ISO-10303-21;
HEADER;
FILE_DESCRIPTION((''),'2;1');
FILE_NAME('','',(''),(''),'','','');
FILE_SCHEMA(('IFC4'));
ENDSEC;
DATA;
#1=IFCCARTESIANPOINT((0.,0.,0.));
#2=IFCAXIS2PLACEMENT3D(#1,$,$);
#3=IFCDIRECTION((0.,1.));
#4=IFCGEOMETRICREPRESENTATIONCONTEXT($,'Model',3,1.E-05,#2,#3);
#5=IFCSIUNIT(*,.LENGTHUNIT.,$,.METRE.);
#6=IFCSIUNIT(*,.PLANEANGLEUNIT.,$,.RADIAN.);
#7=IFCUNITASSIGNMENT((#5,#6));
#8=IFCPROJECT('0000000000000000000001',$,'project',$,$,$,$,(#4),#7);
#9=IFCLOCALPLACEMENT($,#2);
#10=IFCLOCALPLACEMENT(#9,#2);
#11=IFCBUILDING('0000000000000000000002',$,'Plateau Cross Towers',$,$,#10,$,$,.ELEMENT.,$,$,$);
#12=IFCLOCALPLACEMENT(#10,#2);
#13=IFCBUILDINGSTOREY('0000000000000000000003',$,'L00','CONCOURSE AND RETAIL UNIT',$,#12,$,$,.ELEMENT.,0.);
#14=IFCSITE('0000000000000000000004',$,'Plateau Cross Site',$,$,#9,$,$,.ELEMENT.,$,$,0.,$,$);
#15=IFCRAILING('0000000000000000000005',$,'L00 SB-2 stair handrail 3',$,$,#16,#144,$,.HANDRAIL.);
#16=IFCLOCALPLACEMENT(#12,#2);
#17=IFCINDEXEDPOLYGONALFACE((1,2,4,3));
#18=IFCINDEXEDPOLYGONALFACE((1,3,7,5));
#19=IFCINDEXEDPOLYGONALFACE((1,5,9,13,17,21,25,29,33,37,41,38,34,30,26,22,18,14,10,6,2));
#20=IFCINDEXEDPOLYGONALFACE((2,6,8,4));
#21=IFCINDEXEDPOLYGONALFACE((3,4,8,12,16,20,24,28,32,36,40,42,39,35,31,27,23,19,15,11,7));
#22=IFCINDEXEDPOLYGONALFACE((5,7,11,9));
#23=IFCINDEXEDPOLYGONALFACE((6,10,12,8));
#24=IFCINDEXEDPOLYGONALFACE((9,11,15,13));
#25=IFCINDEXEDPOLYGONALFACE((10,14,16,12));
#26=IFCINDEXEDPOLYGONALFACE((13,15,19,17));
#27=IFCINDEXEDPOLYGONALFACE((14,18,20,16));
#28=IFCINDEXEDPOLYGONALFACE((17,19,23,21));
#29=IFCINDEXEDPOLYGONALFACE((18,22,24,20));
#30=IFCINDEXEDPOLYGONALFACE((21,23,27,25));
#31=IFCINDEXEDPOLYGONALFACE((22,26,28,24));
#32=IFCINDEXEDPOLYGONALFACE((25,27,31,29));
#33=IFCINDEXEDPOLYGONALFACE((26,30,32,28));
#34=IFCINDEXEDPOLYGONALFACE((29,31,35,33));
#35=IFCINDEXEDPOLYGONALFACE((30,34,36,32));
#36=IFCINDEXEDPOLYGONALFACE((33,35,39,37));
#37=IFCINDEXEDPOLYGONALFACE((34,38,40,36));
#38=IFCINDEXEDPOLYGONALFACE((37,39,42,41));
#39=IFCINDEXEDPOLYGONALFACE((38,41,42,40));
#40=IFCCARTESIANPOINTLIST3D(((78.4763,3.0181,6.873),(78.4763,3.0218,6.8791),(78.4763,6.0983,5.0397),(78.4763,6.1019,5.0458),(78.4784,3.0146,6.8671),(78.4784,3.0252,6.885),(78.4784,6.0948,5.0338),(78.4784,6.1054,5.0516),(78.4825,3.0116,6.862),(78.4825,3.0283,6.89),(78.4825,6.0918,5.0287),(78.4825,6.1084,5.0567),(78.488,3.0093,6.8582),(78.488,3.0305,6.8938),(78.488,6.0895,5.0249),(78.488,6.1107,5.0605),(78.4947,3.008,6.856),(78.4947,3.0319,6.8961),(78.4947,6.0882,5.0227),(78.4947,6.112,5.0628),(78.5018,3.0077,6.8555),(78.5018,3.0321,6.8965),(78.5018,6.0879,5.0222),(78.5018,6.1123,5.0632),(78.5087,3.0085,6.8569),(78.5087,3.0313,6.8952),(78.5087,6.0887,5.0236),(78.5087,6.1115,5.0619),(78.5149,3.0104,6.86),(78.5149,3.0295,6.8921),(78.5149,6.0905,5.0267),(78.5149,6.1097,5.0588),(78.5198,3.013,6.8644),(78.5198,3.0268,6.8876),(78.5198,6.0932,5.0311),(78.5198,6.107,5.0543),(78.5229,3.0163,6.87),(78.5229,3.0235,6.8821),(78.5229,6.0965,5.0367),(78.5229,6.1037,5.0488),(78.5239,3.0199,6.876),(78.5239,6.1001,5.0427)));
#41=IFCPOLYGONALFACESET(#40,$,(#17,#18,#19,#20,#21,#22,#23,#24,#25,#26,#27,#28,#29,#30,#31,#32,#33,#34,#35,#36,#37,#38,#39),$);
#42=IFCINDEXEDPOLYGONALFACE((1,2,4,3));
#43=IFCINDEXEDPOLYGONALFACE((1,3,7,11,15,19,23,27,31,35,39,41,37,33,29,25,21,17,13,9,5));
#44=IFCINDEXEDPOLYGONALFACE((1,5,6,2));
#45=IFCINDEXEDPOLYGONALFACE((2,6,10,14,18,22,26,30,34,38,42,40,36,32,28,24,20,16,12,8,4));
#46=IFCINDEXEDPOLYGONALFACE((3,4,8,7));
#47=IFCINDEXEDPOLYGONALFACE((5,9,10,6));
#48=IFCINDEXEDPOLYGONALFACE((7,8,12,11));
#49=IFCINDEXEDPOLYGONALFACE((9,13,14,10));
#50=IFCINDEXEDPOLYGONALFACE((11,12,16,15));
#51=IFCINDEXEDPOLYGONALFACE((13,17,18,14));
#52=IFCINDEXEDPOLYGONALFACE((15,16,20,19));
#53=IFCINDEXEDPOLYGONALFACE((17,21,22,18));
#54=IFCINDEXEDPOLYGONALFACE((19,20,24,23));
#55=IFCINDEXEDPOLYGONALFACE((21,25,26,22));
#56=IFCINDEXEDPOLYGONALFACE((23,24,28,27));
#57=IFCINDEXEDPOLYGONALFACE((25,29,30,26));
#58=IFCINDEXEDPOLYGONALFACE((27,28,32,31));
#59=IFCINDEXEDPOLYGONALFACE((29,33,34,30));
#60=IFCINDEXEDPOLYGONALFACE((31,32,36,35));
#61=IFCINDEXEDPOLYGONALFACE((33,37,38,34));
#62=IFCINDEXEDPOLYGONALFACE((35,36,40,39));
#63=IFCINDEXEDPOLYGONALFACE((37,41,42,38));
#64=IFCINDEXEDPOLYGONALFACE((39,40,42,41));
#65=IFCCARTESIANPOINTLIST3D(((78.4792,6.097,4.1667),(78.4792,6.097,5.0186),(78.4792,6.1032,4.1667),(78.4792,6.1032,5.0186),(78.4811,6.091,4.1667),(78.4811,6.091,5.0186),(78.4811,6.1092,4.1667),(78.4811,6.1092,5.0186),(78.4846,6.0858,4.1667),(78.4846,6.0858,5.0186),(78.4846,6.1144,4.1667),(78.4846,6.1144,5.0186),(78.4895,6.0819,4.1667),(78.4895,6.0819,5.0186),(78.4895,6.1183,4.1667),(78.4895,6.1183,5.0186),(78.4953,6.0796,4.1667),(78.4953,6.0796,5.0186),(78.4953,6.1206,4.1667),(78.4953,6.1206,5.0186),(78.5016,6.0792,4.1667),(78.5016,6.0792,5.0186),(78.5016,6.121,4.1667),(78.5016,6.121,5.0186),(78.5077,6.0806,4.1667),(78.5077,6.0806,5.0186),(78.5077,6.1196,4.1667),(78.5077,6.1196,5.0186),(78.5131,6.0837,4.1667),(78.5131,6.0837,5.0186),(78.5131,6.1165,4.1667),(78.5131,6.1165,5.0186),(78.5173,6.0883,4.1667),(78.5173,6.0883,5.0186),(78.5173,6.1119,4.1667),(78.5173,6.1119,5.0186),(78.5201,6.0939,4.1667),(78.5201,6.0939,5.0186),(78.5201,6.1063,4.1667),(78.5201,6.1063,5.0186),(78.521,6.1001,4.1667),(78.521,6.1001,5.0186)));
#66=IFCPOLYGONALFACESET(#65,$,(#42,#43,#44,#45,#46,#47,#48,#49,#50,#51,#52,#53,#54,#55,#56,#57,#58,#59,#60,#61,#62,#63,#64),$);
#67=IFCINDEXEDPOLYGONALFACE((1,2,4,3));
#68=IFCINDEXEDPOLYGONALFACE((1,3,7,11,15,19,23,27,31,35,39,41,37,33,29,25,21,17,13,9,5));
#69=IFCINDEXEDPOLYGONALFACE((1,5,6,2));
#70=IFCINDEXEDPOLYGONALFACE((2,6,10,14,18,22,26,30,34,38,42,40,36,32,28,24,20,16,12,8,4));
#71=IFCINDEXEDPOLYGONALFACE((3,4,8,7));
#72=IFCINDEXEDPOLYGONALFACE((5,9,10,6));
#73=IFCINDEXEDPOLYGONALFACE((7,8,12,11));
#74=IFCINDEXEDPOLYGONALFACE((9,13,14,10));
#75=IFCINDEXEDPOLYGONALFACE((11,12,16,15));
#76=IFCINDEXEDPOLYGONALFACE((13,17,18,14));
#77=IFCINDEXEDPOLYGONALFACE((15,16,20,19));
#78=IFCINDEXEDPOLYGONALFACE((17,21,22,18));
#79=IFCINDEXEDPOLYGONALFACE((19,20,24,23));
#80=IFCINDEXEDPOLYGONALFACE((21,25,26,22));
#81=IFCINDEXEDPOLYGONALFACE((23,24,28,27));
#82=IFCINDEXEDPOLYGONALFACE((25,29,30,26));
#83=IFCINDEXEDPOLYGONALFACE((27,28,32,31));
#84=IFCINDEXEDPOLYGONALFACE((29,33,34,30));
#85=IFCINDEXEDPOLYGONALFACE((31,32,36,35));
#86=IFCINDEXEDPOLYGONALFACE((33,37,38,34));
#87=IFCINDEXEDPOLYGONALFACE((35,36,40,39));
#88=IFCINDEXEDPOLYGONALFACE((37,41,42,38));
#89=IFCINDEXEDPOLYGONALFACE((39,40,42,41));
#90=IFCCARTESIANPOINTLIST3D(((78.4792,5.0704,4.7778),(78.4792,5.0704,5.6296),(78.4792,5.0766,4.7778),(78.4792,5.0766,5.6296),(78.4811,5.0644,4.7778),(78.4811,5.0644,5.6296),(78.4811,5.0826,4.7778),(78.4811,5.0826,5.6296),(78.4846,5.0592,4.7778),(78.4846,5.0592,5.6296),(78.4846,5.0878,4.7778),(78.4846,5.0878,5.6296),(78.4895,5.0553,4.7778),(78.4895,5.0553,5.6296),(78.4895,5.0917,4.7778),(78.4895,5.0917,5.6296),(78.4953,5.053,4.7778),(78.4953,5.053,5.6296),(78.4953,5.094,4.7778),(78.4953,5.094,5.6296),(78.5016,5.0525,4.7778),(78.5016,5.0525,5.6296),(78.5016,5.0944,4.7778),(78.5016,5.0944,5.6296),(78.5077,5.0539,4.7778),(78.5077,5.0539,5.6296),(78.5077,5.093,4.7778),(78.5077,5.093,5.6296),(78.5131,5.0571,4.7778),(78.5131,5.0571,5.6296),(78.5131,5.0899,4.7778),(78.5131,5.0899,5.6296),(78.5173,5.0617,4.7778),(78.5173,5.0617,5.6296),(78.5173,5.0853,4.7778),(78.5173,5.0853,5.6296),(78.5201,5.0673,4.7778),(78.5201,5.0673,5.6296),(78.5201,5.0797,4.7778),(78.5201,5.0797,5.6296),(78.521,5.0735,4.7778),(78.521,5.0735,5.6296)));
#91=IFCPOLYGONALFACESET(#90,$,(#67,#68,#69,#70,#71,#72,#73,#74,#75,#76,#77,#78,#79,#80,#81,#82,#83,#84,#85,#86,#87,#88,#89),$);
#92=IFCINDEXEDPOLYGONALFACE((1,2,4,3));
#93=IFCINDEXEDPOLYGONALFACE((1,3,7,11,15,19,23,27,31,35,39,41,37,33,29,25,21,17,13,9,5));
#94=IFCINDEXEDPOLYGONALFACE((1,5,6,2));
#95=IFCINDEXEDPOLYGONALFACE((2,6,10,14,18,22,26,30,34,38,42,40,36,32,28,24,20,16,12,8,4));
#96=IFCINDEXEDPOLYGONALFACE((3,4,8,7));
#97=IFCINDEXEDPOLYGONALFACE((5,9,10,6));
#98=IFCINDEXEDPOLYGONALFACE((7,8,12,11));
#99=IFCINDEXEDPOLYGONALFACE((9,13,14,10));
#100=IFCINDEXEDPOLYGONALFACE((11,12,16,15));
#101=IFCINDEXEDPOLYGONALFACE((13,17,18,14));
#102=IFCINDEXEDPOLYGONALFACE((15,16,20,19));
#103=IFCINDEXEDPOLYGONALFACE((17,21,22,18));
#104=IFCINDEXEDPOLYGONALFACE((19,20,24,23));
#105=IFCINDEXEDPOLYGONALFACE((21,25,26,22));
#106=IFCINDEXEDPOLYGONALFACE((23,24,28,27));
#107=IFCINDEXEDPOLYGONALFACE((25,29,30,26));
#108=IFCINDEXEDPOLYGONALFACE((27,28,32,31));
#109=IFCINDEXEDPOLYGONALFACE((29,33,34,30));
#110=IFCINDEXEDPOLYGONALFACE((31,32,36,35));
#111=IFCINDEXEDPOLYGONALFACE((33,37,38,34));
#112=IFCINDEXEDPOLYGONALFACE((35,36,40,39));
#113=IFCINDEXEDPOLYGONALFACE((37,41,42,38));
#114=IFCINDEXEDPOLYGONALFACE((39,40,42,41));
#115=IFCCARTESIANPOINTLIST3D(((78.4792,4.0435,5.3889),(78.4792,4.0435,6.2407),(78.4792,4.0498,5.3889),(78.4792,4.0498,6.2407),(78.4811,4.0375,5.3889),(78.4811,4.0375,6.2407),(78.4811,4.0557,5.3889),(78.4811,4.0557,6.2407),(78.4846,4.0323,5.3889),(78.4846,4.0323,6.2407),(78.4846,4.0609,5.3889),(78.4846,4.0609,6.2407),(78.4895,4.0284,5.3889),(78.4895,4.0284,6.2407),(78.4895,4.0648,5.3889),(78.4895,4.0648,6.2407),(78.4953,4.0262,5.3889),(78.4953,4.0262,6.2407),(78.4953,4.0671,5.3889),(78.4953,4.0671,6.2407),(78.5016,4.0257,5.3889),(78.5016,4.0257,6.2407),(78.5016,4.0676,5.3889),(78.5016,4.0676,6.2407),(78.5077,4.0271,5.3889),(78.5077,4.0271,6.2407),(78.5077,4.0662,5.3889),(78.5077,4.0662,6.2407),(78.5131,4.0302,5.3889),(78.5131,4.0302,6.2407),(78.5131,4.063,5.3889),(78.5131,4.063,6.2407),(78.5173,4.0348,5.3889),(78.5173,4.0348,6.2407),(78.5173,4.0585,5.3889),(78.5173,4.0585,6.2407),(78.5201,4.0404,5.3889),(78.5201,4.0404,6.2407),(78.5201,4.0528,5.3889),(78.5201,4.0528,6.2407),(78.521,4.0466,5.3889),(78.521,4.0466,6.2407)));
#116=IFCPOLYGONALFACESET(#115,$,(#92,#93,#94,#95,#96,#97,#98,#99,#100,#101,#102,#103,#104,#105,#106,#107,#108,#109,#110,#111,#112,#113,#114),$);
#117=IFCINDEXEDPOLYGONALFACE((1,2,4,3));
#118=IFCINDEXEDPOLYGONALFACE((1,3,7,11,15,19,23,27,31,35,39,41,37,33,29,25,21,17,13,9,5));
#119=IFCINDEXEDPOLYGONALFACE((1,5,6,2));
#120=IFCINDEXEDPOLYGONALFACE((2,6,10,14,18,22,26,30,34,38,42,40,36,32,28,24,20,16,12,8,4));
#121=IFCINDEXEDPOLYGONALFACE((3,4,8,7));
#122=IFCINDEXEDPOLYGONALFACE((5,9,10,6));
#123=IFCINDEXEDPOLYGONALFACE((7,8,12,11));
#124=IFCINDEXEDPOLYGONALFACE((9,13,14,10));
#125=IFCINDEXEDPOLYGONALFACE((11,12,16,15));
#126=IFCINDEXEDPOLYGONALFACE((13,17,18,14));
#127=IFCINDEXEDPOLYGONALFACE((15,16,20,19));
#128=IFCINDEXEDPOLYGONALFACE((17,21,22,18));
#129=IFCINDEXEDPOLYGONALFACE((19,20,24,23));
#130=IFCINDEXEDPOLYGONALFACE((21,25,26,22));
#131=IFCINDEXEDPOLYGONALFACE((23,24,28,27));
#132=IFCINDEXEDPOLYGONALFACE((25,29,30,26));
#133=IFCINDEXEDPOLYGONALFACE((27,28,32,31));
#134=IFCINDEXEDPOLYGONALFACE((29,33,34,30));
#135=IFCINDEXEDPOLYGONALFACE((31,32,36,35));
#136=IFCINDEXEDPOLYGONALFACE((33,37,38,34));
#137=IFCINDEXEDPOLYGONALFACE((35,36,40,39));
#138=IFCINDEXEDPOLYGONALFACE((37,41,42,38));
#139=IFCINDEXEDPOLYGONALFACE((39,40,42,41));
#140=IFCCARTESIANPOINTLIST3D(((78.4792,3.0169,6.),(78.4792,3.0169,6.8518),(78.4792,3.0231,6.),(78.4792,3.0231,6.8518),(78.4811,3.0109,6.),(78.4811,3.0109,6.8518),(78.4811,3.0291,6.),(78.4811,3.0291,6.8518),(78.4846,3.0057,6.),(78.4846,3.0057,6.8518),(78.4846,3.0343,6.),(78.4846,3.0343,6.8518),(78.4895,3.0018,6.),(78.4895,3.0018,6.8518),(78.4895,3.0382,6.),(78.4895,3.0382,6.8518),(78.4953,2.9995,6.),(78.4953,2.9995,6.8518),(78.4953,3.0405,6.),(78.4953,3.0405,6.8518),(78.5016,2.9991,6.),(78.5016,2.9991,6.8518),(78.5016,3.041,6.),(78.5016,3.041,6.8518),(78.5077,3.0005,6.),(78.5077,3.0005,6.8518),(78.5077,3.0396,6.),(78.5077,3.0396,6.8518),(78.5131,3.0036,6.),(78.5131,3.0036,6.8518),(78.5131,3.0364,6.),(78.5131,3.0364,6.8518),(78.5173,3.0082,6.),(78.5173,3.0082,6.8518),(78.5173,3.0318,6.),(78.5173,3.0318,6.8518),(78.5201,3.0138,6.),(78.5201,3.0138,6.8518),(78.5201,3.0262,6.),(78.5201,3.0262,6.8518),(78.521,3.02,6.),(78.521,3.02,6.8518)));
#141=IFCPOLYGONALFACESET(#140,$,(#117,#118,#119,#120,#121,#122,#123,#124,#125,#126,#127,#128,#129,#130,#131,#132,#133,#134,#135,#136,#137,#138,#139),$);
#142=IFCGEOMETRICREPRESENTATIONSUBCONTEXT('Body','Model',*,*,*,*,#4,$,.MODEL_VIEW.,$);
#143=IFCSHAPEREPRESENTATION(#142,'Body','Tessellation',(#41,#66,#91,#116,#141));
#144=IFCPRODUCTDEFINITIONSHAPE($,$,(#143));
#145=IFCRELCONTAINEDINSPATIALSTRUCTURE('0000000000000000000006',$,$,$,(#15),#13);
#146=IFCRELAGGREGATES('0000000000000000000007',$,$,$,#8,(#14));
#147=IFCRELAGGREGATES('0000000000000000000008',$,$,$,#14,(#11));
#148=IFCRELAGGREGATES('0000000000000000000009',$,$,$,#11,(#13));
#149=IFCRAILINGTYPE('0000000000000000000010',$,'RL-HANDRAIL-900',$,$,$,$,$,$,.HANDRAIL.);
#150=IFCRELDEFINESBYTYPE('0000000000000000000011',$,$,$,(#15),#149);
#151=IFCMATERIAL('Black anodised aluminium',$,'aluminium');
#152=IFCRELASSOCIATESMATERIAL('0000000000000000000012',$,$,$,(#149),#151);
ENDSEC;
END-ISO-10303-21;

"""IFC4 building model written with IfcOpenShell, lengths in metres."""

from ifc_helpers import new_model, si_unit, direction, frame, origin, origin_2d, place, context, subcontext, project, spatial, circle, extrude, material, type_object, element, save


model = new_model("IFC4")

# Units and contexts
model_context = context("Model", 3, precision=1e-05, world=origin(), true_north=direction((0.0, 1.0)))
body_context = subcontext(model_context, "Body", "Model", "MODEL_VIEW")
ifc_project = project(units=[si_unit("LENGTHUNIT", "METRE"), si_unit("PLANEANGLEUNIT", "RADIAN")], contexts=[model_context])

# Site, building, storey
site_placement = place(None, origin())
site = spatial("IfcSite", under=ifc_project, at=site_placement, Name="Plateau Cross Site", CompositionType="ELEMENT", RefElevation=0.0)
building_placement = place(site_placement, origin())
building = spatial("IfcBuilding", under=site, at=building_placement, Name="Plateau Cross Towers", CompositionType="ELEMENT")
storey_placement = place(building_placement, origin())
storey = spatial("IfcBuildingStorey", under=building, at=storey_placement, Name="L00", Description="CONCOURSE AND RETAIL UNIT", CompositionType="ELEMENT", Elevation=0.0)

# Railing
ifc_material_1 = material(Name="Black anodised aluminium", Category="aluminium")
railing_type_1 = type_object("IfcRailingType", Name="RL-HANDRAIL-900", PredefinedType="HANDRAIL", material=ifc_material_1)
for number, where, name in (
    (1, (78.5, 6.1001, 4.1667), "L00 SB-2 stair handrail 3"),
):
    element("IfcRailing", number, at=place(storey_placement, frame(where)), inside=storey, type_object=railing_type_1, Name=name, PredefinedType="HANDRAIL", context=body_context, shape_type="SweptSolid", body=[
        extrude(circle(Radius=0.0239, at=origin_2d()), frame((0.0, 0.0, 0.876), z_axis=(0.0, -0.859309, 0.511458), x_axis=(1.0, 0.0, 0.0)), (0.0, 0.0, 1.0), 3.5845),
        extrude(circle(Radius=0.021, at=origin_2d()), origin(), (0.0, 0.0, 1.0), 0.8518),
        extrude(circle(Radius=0.021, at=origin_2d()), frame((0.0, -1.0266, 0.6111)), (0.0, 0.0, 1.0), 0.8518),
        extrude(circle(Radius=0.021, at=origin_2d()), frame((0.0, -2.0535, 1.2222)), (0.0, 0.0, 1.0), 0.8518),
        extrude(circle(Radius=0.021, at=origin_2d()), frame((0.0, -3.0801, 1.8333)), (0.0, 0.0, 1.0), 0.8518),
    ])

save(model, "model.ifc")
